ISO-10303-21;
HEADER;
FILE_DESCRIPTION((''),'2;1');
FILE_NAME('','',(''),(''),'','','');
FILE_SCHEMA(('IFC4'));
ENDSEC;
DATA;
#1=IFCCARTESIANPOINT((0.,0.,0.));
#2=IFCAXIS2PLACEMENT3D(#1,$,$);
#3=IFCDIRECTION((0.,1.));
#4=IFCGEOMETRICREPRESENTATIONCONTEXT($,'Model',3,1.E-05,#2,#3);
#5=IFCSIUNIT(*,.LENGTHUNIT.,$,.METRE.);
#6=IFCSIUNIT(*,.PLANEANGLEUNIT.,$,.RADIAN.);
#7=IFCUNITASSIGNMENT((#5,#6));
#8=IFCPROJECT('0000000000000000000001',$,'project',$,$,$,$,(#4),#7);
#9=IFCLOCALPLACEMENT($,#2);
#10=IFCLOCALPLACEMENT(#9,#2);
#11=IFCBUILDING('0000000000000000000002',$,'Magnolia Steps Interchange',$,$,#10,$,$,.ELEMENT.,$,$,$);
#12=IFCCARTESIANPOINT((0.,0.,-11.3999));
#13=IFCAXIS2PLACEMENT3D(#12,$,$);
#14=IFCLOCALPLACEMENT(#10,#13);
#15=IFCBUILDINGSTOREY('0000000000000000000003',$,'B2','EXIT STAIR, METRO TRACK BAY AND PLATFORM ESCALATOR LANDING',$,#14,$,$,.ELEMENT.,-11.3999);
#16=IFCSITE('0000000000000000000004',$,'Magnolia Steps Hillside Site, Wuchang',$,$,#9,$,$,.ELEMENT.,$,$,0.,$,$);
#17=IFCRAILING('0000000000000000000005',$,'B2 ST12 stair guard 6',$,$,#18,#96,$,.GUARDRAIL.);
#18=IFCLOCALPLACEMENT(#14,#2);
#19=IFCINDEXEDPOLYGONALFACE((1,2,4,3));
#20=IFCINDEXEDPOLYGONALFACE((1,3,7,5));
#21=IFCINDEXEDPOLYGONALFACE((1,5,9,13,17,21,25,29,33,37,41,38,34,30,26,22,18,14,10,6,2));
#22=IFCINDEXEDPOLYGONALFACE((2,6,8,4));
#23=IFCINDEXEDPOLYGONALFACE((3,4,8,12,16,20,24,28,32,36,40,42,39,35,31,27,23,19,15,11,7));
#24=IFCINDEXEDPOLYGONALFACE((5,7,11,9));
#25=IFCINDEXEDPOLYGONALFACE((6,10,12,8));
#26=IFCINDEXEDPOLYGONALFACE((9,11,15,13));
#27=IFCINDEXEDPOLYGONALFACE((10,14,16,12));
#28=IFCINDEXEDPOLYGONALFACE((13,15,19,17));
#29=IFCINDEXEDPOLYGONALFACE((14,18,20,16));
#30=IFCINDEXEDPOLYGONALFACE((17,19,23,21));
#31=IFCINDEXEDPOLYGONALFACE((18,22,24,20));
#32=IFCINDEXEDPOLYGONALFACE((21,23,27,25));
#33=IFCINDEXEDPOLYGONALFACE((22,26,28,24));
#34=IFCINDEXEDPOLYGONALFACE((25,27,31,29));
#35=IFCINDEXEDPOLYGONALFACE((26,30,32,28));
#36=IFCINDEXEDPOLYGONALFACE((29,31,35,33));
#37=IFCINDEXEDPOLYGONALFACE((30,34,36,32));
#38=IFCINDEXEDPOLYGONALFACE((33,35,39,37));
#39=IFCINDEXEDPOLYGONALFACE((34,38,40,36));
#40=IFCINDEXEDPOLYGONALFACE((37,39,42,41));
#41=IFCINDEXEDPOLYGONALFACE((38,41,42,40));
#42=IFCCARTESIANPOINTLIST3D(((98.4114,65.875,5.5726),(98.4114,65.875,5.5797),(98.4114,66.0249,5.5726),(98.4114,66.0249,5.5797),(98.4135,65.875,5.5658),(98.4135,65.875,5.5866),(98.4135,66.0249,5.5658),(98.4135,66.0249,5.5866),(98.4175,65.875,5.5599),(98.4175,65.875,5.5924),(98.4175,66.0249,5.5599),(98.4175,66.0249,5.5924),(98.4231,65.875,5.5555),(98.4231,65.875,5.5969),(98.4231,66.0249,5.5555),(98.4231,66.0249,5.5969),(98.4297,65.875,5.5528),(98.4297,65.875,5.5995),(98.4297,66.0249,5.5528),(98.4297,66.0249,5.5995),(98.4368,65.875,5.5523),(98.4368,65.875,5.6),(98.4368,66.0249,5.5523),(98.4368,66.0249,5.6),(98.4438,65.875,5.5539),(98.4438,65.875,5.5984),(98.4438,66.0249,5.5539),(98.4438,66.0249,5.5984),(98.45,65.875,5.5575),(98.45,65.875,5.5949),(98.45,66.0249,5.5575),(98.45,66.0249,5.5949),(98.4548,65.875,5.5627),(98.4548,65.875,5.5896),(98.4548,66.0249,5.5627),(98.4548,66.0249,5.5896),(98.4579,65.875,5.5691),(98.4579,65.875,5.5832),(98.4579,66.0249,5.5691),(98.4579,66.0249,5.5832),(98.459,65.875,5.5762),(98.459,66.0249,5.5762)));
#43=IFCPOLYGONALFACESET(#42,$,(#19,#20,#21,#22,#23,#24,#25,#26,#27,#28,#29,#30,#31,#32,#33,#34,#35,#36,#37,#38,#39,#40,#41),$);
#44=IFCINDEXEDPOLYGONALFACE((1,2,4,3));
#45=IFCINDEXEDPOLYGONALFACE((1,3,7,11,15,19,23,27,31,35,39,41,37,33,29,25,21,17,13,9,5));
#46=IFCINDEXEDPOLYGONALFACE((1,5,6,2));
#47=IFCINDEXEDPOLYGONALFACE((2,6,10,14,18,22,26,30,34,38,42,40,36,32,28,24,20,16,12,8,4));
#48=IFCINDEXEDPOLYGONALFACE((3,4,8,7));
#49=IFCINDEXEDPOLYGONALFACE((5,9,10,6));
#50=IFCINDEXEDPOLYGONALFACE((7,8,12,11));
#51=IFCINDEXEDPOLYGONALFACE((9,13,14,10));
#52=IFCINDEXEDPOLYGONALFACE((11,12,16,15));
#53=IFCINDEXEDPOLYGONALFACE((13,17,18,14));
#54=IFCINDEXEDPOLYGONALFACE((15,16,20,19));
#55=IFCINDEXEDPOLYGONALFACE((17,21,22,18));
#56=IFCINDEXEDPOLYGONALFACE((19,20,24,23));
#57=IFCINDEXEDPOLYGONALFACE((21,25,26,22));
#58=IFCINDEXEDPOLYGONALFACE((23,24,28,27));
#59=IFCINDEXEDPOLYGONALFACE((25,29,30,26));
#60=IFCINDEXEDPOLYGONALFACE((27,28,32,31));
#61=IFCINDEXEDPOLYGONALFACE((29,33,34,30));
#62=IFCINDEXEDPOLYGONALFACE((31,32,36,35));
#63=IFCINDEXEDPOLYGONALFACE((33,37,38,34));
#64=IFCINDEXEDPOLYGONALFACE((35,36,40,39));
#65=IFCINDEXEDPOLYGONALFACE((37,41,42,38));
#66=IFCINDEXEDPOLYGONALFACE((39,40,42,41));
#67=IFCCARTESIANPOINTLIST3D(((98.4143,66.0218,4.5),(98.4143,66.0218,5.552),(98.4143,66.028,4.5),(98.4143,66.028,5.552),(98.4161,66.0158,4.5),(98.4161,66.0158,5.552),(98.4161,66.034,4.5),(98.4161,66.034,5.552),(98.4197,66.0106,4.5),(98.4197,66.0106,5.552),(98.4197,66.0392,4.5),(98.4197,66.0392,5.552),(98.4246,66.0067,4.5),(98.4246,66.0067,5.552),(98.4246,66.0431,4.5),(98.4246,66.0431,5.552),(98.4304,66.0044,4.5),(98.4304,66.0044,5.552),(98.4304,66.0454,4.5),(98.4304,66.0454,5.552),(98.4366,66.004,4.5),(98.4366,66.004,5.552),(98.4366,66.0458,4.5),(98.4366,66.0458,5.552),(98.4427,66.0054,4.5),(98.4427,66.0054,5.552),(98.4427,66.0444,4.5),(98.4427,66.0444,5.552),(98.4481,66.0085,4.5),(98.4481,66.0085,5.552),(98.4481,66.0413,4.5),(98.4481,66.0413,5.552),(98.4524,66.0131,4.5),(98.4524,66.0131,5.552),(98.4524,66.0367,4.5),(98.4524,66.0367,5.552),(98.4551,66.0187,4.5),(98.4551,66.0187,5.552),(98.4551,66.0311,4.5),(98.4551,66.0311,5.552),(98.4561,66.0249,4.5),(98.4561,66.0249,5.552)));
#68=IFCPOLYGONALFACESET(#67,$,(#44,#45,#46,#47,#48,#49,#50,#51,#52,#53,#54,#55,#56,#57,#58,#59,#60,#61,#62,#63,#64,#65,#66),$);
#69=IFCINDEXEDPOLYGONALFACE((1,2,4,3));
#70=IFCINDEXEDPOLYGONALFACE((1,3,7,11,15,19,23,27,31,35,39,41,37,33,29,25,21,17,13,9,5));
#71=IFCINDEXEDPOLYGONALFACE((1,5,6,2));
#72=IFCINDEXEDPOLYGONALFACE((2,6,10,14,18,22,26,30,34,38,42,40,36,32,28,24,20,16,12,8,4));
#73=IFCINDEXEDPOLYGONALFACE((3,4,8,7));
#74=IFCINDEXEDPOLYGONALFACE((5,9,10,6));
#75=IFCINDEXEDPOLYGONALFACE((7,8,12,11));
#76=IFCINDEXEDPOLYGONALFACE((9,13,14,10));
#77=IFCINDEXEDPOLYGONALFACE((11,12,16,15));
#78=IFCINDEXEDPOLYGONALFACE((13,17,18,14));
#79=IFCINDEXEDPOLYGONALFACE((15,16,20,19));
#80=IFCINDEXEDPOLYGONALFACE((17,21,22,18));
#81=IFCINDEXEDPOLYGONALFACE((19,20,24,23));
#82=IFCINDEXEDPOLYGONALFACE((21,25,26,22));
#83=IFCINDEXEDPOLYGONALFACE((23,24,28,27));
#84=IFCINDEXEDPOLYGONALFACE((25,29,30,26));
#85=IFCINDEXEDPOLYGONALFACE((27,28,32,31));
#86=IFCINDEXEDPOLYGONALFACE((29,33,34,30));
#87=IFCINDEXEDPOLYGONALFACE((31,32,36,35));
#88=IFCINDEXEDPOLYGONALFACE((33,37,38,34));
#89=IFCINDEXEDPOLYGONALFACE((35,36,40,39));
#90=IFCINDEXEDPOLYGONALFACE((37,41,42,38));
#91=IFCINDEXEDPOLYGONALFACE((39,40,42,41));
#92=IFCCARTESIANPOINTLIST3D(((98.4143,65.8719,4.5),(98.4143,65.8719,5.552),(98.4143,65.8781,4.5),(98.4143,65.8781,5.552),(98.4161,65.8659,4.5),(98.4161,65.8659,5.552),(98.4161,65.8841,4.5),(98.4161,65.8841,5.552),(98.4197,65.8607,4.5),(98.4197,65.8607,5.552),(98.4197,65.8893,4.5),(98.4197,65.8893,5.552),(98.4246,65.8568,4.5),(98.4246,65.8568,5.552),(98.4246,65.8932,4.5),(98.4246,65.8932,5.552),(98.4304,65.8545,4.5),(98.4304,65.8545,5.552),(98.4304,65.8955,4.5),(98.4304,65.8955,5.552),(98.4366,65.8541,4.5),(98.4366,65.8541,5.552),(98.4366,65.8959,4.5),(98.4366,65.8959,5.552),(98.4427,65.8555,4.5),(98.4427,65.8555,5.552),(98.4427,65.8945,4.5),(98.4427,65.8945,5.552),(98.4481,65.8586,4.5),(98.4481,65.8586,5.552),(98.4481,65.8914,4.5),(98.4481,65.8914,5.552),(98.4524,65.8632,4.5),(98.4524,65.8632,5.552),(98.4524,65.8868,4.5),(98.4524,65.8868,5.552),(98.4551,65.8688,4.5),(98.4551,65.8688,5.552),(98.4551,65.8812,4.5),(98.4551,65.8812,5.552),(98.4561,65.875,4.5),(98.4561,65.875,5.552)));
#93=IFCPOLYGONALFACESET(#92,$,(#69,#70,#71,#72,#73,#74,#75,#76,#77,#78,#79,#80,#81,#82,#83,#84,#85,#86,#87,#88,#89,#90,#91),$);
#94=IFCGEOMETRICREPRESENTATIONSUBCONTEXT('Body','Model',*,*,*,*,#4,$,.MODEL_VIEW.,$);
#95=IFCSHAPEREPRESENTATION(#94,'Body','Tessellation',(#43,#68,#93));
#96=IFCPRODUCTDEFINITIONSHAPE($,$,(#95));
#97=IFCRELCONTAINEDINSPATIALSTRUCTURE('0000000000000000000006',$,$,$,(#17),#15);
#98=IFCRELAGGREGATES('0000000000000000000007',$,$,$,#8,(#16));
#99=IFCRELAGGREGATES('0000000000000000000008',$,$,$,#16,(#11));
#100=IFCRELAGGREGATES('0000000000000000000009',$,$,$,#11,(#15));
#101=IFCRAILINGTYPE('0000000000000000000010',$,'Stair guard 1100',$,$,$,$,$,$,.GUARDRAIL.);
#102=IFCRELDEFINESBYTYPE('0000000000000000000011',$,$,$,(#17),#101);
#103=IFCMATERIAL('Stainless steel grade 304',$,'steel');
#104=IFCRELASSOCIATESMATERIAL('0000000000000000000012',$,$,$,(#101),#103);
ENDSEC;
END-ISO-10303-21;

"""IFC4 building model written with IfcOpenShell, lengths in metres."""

from ifc_helpers import new_model, si_unit, direction, frame, origin, origin_2d, place, context, subcontext, project, spatial, circle, extrude, material, type_object, element, save


model = new_model("IFC4")

# Units and contexts
model_context = context("Model", 3, precision=1e-05, world=origin(), true_north=direction((0.0, 1.0)))
body_context = subcontext(model_context, "Body", "Model", "MODEL_VIEW")
ifc_project = project(units=[si_unit("LENGTHUNIT", "METRE"), si_unit("PLANEANGLEUNIT", "RADIAN")], contexts=[model_context])

# Site, building, storey
site_placement = place(None, origin())
site = spatial("IfcSite", under=ifc_project, at=site_placement, Name="Magnolia Steps Hillside Site, Wuchang", CompositionType="ELEMENT", RefElevation=0.0)
building_placement = place(site_placement, origin())
building = spatial("IfcBuilding", under=site, at=building_placement, Name="Magnolia Steps Interchange", CompositionType="ELEMENT")
storey_placement = place(building_placement, frame((0.0, 0.0, -11.3999)))
storey = spatial("IfcBuildingStorey", under=building, at=storey_placement, Name="B2", Description="EXIT STAIR, METRO TRACK BAY AND PLATFORM ESCALATOR LANDING", CompositionType="ELEMENT", Elevation=-11.3999)

# Railing
ifc_material_1 = material(Name="Stainless steel grade 304", Category="steel")
railing_type_1 = type_object("IfcRailingType", Name="Stair guard 1100", PredefinedType="GUARDRAIL", material=ifc_material_1)
railing_1_placement = place(storey_placement, frame((98.4351, 66.0249, 4.5)))
element("IfcRailing", 1, at=railing_1_placement, inside=storey, type_object=railing_type_1, Name="B2 ST12 stair guard 6", PredefinedType="GUARDRAIL", context=body_context, shape_type="SweptSolid", body=[
    extrude(circle(Radius=0.0239, at=origin_2d()), frame((0.0, 0.0, 1.0762), z_axis=(0.0, -1.0, 0.0), x_axis=(1.0, 0.0, 0.0)), (0.0, 0.0, 1.0), 0.1499),
    extrude(circle(Radius=0.021, at=origin_2d()), origin(), (0.0, 0.0, 1.0), 1.052),
    extrude(circle(Radius=0.021, at=origin_2d()), frame((0.0, -0.1499, 0.0)), (0.0, 0.0, 1.0), 1.052),
])

save(model, "model.ifc")
